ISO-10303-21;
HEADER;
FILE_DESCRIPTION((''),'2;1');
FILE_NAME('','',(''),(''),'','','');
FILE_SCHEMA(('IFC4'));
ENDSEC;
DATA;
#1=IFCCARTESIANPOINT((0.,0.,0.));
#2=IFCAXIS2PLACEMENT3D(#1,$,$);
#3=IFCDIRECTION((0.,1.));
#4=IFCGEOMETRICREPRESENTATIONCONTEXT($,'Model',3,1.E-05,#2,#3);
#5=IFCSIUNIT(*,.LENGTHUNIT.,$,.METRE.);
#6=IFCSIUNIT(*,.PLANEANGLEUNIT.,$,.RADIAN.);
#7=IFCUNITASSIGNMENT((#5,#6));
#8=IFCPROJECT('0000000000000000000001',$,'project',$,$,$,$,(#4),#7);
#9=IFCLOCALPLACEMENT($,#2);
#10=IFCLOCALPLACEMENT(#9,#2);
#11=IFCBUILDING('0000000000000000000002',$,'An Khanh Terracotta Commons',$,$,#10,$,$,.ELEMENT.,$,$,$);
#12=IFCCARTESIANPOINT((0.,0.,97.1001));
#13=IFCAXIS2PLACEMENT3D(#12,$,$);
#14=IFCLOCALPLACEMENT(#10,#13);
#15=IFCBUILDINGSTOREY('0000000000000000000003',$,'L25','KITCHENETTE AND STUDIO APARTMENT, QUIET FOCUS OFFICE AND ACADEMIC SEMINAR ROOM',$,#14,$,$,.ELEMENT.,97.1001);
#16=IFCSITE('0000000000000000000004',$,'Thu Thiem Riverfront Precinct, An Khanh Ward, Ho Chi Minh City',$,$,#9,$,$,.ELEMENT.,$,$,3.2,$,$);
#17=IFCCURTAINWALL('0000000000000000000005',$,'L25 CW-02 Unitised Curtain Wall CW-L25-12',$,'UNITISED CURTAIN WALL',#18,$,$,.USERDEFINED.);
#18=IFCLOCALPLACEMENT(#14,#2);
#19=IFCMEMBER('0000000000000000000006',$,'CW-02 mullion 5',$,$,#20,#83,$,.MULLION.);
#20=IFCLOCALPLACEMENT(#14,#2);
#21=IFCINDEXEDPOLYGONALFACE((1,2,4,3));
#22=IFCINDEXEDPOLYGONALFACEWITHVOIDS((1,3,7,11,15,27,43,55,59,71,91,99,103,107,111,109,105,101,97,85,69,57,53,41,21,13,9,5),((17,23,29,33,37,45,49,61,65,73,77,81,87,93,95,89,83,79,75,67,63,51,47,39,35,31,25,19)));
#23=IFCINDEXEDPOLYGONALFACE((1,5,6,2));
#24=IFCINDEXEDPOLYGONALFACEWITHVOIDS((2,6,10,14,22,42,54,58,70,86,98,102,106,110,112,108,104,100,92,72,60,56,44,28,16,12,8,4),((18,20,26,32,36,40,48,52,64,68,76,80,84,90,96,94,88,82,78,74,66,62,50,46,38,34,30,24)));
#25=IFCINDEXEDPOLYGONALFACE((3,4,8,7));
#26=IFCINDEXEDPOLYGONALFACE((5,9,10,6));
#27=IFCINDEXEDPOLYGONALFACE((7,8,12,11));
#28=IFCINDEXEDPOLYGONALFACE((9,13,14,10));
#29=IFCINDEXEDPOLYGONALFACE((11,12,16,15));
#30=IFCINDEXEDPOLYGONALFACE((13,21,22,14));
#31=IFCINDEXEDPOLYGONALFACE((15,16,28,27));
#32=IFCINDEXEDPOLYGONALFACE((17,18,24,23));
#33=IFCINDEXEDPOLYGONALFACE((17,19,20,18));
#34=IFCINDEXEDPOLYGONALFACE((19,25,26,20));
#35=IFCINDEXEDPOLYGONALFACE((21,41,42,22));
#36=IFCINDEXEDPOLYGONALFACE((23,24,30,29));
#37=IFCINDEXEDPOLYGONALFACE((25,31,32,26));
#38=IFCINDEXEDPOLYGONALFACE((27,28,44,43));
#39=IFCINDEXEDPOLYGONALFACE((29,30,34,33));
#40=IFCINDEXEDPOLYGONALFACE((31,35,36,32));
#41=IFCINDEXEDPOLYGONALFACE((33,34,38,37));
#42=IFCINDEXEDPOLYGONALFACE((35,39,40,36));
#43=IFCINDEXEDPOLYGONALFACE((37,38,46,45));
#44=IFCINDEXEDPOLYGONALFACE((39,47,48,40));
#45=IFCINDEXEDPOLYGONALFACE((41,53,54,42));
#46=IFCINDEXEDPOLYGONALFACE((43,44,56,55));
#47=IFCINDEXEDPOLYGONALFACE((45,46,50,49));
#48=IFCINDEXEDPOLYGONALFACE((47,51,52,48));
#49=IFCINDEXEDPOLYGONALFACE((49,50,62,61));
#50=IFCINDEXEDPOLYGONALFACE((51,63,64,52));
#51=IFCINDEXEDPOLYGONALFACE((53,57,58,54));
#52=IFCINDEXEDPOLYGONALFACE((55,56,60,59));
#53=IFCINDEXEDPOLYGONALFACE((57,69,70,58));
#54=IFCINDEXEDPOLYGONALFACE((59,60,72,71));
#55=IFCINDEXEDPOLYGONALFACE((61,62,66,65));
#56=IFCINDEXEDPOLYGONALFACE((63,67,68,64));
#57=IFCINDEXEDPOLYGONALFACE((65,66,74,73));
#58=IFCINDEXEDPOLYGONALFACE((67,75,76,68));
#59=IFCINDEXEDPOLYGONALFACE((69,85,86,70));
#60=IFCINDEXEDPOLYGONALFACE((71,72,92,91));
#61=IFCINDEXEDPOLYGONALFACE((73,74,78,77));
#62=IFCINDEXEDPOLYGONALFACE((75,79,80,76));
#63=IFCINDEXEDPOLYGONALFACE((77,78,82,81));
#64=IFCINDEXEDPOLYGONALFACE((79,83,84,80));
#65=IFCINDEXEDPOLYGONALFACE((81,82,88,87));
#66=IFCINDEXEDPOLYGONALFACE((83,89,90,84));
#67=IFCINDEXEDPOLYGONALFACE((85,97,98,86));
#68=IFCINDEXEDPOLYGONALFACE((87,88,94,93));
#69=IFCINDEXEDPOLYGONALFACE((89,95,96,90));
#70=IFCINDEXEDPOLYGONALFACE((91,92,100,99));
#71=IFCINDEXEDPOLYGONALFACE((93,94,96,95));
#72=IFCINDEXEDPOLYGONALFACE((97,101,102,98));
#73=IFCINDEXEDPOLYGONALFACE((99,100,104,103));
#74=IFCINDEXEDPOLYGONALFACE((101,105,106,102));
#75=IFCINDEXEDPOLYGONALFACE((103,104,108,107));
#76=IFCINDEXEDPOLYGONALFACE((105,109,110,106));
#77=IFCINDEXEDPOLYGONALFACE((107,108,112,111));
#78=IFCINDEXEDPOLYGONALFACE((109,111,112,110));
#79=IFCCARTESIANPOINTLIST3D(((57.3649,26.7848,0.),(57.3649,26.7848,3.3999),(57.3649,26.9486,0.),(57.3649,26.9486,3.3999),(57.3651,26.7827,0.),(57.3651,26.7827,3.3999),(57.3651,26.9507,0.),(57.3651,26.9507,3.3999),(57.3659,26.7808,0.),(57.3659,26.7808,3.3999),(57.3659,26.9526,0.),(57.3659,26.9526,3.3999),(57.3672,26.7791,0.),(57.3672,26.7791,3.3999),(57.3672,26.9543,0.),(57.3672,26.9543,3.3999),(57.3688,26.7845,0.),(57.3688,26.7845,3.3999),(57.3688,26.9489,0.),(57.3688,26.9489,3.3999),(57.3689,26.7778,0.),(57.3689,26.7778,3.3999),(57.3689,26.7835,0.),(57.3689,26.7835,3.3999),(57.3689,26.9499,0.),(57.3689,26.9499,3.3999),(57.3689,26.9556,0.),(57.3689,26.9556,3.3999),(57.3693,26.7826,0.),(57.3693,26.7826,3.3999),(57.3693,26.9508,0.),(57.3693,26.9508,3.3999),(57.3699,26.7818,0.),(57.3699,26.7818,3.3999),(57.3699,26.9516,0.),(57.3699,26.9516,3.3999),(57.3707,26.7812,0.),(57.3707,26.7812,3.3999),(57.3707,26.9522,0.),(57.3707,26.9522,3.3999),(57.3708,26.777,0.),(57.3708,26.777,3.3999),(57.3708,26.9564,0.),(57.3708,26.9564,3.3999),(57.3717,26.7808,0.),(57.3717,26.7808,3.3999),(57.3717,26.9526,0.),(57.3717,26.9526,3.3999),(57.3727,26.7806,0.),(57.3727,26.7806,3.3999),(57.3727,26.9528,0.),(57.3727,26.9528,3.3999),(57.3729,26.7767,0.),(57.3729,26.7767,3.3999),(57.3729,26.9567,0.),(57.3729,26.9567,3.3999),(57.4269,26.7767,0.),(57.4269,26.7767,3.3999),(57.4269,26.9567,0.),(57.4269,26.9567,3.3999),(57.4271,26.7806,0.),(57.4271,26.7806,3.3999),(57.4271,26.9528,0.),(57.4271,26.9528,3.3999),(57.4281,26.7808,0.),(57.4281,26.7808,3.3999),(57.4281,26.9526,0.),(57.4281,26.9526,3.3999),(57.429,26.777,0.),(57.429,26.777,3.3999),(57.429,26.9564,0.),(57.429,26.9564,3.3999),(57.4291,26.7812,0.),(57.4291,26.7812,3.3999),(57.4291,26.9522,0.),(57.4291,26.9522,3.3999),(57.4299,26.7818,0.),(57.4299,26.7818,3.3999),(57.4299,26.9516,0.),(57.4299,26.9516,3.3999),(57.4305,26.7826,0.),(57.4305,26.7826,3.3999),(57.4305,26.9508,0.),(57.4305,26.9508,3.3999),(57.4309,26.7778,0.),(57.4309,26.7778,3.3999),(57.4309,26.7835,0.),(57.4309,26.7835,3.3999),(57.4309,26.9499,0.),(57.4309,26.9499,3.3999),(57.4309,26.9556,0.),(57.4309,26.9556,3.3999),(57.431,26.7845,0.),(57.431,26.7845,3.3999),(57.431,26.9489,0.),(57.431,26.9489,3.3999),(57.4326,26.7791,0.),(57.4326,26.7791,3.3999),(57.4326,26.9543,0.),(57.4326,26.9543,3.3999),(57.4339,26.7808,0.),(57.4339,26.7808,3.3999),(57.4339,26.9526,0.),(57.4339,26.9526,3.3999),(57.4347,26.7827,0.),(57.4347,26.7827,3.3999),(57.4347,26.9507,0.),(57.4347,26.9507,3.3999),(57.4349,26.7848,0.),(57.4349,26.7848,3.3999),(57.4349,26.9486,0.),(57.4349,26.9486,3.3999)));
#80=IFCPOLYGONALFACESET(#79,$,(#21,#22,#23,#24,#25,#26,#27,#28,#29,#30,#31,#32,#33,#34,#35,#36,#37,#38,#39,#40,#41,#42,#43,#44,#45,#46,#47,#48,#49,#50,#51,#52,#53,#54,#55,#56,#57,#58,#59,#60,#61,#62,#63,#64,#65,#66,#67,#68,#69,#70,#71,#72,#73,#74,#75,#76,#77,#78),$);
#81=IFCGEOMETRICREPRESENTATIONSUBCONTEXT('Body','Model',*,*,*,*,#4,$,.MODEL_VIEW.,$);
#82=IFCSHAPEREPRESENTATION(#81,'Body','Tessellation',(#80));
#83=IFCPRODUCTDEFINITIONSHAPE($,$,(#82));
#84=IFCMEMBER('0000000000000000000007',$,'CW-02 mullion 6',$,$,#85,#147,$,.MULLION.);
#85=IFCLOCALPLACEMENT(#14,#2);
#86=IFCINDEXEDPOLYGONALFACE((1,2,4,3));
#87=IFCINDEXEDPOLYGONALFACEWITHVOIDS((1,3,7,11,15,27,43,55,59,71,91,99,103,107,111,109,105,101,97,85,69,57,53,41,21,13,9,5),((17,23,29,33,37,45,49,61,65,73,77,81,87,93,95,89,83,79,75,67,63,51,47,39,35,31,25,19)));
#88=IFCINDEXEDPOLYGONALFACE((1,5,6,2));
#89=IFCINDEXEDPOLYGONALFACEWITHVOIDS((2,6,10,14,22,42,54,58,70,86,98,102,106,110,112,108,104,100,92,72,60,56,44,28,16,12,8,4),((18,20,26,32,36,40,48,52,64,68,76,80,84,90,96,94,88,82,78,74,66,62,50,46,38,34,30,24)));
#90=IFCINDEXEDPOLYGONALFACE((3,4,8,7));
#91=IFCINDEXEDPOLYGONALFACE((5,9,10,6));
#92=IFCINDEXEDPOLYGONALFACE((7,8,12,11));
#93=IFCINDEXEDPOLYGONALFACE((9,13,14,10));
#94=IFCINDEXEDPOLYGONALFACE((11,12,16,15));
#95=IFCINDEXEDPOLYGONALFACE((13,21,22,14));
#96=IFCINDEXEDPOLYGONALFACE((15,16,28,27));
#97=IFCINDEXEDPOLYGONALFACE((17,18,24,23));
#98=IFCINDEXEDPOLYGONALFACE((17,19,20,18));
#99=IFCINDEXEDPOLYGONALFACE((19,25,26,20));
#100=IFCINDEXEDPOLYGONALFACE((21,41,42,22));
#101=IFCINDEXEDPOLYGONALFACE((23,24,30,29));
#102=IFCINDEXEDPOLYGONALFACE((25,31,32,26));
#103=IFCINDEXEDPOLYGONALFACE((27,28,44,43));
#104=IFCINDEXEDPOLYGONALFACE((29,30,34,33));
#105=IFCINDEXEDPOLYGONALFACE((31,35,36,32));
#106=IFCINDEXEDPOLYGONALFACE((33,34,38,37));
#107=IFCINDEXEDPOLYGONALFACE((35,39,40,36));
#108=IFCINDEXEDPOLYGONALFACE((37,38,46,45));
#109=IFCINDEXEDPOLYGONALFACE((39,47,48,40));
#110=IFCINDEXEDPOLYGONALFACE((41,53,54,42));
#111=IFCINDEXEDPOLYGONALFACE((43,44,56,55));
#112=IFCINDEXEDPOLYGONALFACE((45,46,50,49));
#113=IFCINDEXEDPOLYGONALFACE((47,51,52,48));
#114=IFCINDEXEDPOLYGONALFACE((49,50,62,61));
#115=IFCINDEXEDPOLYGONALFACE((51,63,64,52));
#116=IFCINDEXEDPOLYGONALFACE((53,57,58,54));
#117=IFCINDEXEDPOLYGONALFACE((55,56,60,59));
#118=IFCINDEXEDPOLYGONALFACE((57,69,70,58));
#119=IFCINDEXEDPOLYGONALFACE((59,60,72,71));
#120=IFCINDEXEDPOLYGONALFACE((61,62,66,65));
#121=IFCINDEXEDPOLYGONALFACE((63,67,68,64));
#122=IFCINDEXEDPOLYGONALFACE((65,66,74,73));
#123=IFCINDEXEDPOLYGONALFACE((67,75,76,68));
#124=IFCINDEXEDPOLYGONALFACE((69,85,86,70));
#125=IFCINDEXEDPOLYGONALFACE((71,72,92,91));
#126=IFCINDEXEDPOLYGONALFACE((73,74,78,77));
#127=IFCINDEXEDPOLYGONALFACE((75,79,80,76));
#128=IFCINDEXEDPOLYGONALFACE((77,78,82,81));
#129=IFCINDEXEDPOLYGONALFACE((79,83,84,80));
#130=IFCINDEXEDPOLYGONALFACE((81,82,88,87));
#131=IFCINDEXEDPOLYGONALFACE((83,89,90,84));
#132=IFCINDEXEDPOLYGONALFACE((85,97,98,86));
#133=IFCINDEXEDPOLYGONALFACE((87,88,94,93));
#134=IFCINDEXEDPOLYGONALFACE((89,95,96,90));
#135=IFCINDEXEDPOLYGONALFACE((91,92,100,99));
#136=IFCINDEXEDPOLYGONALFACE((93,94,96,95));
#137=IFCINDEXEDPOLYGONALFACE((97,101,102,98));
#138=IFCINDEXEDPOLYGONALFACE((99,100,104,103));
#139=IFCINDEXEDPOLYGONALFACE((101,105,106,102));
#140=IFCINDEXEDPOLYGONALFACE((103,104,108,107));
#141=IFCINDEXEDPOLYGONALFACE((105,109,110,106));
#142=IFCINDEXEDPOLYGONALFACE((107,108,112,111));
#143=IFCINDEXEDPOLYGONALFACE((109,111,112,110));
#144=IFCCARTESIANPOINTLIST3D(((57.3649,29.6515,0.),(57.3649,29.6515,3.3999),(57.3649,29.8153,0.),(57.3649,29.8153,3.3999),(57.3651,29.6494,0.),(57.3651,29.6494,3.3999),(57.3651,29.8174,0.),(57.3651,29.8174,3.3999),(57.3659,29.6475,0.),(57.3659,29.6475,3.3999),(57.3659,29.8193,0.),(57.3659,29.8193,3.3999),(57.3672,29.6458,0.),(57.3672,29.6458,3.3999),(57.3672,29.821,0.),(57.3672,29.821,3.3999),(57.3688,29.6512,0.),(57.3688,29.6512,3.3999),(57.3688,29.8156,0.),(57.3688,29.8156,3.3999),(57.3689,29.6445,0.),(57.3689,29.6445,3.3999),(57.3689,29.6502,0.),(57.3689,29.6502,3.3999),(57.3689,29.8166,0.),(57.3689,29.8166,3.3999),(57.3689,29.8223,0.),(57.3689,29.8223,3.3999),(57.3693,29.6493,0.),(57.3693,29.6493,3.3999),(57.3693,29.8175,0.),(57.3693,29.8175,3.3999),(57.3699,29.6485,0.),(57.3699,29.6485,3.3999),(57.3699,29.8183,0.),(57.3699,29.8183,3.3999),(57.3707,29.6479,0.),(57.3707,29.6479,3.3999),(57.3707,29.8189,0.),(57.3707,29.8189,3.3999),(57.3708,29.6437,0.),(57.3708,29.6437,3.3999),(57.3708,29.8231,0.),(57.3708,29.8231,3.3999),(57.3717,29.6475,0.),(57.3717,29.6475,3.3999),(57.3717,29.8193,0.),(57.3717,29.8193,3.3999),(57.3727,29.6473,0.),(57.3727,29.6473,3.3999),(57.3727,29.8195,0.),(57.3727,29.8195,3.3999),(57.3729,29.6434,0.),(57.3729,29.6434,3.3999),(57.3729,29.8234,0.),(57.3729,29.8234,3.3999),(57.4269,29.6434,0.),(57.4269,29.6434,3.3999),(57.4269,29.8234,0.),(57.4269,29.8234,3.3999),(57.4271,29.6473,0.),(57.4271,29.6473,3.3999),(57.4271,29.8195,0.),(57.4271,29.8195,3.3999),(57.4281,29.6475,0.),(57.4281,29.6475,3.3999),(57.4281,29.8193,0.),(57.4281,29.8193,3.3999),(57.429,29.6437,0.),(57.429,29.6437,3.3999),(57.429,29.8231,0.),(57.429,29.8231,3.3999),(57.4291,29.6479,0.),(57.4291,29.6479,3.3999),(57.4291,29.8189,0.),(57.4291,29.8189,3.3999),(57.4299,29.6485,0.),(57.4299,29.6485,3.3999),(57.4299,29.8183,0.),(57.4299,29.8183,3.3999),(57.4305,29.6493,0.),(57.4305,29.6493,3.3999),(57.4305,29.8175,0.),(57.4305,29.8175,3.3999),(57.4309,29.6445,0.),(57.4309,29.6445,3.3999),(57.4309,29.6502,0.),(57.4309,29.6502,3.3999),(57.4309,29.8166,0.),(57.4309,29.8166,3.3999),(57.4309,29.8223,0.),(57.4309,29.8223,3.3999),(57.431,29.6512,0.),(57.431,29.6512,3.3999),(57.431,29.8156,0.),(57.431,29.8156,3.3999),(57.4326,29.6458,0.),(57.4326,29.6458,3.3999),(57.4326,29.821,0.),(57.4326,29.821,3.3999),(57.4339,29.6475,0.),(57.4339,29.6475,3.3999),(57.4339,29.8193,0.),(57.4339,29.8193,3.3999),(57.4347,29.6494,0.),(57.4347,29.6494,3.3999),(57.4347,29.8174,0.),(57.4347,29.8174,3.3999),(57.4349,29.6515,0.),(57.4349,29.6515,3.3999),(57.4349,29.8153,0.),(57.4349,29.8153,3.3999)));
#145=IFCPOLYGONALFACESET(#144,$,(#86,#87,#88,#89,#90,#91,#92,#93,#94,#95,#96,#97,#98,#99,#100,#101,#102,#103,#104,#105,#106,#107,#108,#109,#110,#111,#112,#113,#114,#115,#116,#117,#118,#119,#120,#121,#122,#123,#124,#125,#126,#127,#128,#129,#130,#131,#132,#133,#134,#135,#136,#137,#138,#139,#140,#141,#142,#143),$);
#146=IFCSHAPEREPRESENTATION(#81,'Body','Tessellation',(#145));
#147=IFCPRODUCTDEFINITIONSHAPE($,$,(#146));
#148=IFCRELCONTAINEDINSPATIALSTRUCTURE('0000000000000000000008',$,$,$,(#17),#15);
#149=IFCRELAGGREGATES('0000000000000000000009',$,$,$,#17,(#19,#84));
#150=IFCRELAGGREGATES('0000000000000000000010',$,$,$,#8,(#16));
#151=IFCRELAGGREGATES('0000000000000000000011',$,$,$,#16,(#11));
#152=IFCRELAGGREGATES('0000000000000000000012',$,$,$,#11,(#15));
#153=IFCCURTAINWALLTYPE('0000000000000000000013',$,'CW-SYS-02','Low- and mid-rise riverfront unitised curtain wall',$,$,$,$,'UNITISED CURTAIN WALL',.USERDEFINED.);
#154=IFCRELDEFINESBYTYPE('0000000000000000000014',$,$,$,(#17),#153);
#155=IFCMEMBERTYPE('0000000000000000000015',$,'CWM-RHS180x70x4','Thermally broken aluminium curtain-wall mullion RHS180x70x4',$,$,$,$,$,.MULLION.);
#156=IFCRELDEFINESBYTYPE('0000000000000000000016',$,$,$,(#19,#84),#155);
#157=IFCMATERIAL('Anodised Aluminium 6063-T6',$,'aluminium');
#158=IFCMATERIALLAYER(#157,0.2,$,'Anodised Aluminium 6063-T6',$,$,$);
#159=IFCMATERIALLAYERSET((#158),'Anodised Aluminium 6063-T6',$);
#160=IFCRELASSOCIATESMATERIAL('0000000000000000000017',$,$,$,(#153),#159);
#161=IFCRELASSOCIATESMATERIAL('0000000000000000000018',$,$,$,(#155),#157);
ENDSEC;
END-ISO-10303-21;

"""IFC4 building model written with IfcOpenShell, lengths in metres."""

from ifc_helpers import new_model, si_unit, direction, frame, origin, origin_2d, place, context, subcontext, project, spatial, hollow_rectangle, extrude, material, layer, layer_set, material_profile, profile_set, type_object, element, aggregate, save


model = new_model("IFC4")

# Units and contexts
model_context = context("Model", 3, precision=1e-05, world=origin(), true_north=direction((0.0, 1.0)))
body_context = subcontext(model_context, "Body", "Model", "MODEL_VIEW")
ifc_project = project(units=[si_unit("LENGTHUNIT", "METRE"), si_unit("PLANEANGLEUNIT", "RADIAN")], contexts=[model_context])

# Site, building, storey
site_placement = place(None, origin())
site = spatial("IfcSite", under=ifc_project, at=site_placement, Name="Thu Thiem Riverfront Precinct, An Khanh Ward, Ho Chi Minh City", CompositionType="ELEMENT", RefElevation=3.2)
building_placement = place(site_placement, origin())
building = spatial("IfcBuilding", under=site, at=building_placement, Name="An Khanh Terracotta Commons", CompositionType="ELEMENT")
storey_placement = place(building_placement, frame((0.0, 0.0, 97.1001)))
storey = spatial("IfcBuildingStorey", under=building, at=storey_placement, Name="L25", Description="KITCHENETTE AND STUDIO APARTMENT, QUIET FOCUS OFFICE AND ACADEMIC SEMINAR ROOM", CompositionType="ELEMENT", Elevation=97.1001)

# Curtain wall, members
ifc_material_1 = material(Name="Anodised Aluminium 6063-T6", Category="aluminium")
ifc_layer_1 = layer(ifc_material_1, 0.2, Name="Anodised Aluminium 6063-T6")
ifc_layer_set_1 = layer_set([ifc_layer_1], Name="Anodised Aluminium 6063-T6")
curtain_wall_type = type_object("IfcCurtainWallType", Name="CW-SYS-02", Description="Low- and mid-rise riverfront unitised curtain wall", ElementType="UNITISED CURTAIN WALL", PredefinedType="USERDEFINED", material=ifc_layer_set_1)
curtain_wall_1_placement = place(storey_placement, origin())
curtain_wall_1 = element("IfcCurtainWall", 1, at=curtain_wall_1_placement, inside=storey, type_object=curtain_wall_type, Name="L25 CW-02 Unitised Curtain Wall CW-L25-12", ObjectType="UNITISED CURTAIN WALL", PredefinedType="USERDEFINED")
ifc_material_profile_1 = material_profile(ifc_material_1, hollow_rectangle(XDim=0.0701, YDim=0.1799, WallThickness=0.0039, InnerFilletRadius=0.0039, OuterFilletRadius=0.0081, at=origin_2d()), Name="RHS180x70x4")
ifc_profile_set_1 = profile_set([ifc_material_profile_1], Name="Anodised Aluminium 6063-T6")
member_type_1 = type_object("IfcMemberType", Name="CWM-RHS180x70x4", Description="Thermally broken aluminium curtain-wall mullion RHS180x70x4", PredefinedType="MULLION", material=ifc_profile_set_1)
member_1_placement = place(storey_placement, frame((57.3999, 26.8667, 0.0), z_axis=(0.0, 0.0, 1.0), x_axis=(-1.0, 0.0, 0.0)))
member_1 = element("IfcMember", 2, at=member_1_placement, type_object=member_type_1, Name="CW-02 mullion 5", PredefinedType="MULLION", context=body_context, shape_type="SweptSolid", body=[
    extrude(hollow_rectangle(XDim=0.0701, YDim=0.1799, WallThickness=0.0039, InnerFilletRadius=0.0039, OuterFilletRadius=0.0081, at=origin_2d()), origin(), (0.0, 0.0, 1.0), 3.3999),
])
member_2_placement = place(storey_placement, frame((57.3999, 29.7334, 0.0), z_axis=(0.0, 0.0, 1.0), x_axis=(-1.0, 0.0, 0.0)))
member_2 = element("IfcMember", 3, at=member_2_placement, type_object=member_type_1, Name="CW-02 mullion 6", PredefinedType="MULLION", context=body_context, shape_type="SweptSolid", body=[
    extrude(hollow_rectangle(XDim=0.0701, YDim=0.1799, WallThickness=0.0039, InnerFilletRadius=0.0039, OuterFilletRadius=0.0081, at=origin_2d()), origin(), (0.0, 0.0, 1.0), 3.3999),
])

aggregate(curtain_wall_1, [member_1, member_2])

save(model, "model.ifc")
